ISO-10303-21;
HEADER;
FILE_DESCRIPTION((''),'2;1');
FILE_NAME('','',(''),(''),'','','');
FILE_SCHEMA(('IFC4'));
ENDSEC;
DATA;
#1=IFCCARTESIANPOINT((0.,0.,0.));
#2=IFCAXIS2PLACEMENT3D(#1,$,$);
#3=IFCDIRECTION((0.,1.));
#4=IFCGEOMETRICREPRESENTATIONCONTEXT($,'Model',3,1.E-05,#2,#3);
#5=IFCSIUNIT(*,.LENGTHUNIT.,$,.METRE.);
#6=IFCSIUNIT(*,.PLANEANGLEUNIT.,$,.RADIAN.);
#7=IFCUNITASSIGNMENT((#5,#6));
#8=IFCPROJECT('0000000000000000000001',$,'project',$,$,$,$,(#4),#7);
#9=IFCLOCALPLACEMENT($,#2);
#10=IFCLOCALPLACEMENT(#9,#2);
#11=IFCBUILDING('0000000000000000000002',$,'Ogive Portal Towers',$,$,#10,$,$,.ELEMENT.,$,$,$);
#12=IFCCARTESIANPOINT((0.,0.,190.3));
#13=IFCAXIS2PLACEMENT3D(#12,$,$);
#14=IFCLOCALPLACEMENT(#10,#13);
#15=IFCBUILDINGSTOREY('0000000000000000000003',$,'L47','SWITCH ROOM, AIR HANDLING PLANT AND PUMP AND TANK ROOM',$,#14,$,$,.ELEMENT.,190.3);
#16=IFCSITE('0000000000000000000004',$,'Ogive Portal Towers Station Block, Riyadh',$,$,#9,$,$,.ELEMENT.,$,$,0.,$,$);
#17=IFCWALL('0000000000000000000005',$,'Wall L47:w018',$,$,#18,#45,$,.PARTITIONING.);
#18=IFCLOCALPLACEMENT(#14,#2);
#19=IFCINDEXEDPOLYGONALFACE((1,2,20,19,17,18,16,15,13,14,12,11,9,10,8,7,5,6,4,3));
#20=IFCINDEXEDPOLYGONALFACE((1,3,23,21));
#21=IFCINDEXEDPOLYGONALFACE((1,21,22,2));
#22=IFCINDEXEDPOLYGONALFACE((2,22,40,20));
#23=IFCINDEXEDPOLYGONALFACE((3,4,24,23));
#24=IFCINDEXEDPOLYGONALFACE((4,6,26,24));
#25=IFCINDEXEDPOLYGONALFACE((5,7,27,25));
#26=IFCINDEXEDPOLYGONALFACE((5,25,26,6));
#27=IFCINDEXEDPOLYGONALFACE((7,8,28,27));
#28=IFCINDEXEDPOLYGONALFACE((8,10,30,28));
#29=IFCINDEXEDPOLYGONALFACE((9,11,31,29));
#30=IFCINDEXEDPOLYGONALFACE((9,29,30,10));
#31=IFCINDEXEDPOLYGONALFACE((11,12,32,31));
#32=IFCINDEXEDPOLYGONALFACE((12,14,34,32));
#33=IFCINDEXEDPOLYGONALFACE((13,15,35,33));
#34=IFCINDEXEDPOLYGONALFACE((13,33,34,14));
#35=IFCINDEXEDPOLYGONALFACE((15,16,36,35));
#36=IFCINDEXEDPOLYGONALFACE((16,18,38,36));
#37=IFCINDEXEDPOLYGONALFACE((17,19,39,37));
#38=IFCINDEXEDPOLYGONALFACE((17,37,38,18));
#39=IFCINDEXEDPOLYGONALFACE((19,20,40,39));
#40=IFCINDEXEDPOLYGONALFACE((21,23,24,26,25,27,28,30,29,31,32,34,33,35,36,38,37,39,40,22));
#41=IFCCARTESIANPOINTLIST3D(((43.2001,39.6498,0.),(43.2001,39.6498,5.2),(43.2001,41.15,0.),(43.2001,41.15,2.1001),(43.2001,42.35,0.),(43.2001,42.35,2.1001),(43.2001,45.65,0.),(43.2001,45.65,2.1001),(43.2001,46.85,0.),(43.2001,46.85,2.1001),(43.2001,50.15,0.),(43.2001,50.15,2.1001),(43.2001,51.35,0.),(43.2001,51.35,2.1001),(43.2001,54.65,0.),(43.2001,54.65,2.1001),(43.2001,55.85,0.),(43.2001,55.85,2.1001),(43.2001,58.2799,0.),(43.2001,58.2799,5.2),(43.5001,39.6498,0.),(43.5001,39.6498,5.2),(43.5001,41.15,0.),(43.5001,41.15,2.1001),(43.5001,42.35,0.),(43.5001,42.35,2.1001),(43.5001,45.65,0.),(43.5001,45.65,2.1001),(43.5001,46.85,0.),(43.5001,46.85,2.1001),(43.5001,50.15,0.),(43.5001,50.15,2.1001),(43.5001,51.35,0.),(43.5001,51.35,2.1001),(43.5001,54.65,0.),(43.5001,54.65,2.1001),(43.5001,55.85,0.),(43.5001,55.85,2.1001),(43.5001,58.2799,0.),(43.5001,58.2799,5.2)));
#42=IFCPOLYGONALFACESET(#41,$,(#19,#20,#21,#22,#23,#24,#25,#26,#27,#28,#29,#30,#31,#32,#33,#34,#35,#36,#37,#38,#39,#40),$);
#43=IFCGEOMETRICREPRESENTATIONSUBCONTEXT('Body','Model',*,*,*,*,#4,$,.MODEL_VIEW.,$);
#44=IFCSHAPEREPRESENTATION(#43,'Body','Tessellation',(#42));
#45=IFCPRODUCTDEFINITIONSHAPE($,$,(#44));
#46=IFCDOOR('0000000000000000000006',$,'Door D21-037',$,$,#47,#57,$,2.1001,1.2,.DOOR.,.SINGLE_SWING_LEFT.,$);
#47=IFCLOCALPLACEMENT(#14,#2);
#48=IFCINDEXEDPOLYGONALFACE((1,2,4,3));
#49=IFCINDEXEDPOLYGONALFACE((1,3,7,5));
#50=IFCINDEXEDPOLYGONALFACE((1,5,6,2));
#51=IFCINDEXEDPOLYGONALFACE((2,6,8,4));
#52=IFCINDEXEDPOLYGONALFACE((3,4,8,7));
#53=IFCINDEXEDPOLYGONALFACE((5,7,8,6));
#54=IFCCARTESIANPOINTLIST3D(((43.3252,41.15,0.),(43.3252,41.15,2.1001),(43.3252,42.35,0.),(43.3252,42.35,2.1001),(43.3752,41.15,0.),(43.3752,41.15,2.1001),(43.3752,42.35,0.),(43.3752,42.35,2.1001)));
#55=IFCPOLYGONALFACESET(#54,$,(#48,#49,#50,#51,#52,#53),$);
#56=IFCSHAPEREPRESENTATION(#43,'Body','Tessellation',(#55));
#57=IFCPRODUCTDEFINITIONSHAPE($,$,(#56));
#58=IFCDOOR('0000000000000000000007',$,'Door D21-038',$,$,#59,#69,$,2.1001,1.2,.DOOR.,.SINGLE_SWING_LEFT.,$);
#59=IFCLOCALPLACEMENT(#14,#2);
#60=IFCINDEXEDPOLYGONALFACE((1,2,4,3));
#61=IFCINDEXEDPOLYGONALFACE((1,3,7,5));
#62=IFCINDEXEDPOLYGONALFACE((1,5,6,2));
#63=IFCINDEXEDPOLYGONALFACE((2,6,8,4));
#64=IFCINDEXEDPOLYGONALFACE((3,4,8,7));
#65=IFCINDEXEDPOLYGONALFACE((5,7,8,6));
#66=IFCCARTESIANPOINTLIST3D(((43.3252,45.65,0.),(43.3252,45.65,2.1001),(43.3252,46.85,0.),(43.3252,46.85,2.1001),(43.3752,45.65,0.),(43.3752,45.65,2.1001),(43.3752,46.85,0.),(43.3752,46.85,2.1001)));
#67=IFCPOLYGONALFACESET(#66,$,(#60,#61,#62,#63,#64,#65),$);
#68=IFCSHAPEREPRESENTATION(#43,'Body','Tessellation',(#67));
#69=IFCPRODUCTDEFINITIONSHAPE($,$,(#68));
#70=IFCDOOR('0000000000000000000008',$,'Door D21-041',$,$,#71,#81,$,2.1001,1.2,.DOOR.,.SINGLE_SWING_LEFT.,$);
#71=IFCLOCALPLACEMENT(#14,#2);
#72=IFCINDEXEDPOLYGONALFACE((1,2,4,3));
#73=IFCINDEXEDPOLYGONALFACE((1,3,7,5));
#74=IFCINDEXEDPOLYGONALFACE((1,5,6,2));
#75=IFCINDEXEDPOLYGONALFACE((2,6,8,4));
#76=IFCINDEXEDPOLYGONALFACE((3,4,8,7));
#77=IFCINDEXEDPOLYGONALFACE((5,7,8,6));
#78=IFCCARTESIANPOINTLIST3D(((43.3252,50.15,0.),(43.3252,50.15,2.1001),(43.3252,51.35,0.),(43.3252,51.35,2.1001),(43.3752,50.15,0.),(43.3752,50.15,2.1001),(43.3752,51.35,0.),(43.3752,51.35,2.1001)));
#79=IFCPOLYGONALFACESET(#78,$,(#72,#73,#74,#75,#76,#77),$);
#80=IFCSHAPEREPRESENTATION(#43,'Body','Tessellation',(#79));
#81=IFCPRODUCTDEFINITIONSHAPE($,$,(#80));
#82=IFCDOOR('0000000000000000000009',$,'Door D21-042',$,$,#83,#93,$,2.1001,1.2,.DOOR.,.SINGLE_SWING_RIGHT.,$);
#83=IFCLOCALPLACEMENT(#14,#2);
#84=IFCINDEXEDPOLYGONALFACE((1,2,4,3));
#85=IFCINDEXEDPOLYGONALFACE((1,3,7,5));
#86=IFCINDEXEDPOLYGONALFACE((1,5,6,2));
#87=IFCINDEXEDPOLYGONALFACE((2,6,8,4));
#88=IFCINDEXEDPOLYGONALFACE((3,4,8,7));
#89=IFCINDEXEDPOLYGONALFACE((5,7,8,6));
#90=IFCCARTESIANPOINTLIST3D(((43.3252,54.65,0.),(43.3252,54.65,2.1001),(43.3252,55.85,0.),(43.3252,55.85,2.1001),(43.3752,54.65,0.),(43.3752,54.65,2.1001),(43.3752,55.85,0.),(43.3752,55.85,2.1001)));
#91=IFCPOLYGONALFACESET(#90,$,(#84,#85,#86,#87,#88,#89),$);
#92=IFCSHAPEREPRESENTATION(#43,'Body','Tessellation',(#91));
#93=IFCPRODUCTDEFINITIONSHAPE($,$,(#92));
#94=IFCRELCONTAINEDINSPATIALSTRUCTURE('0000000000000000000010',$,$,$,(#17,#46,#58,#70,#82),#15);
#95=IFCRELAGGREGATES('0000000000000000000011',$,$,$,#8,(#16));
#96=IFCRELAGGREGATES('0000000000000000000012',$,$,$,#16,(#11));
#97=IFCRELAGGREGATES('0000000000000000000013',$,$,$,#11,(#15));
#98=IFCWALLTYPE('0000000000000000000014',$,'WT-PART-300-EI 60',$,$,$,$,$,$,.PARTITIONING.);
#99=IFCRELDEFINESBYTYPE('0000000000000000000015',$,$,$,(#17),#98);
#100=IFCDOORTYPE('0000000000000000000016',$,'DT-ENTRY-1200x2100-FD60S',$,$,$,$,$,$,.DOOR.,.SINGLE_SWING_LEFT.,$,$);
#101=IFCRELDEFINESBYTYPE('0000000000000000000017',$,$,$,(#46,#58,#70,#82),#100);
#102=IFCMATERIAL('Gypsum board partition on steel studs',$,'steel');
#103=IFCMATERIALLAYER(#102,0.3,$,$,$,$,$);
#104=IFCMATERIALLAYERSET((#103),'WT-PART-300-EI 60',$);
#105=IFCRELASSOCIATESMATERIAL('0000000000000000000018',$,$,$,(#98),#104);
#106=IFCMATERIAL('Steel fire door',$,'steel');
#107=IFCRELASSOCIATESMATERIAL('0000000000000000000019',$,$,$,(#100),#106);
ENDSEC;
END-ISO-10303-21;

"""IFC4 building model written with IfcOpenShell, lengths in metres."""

from ifc_helpers import new_model, si_unit, direction, frame, frame_2d, origin, place, context, subcontext, project, spatial, rectangle, extrude, material, layer, layer_set, type_object, element, fill, save


model = new_model("IFC4")

# Units and contexts
model_context = context("Model", 3, precision=1e-05, world=origin(), true_north=direction((0.0, 1.0)))
body_context = subcontext(model_context, "Body", "Model", "MODEL_VIEW")
ifc_project = project(units=[si_unit("LENGTHUNIT", "METRE"), si_unit("PLANEANGLEUNIT", "RADIAN")], contexts=[model_context])

# Site, building, storey
site_placement = place(None, origin())
site = spatial("IfcSite", under=ifc_project, at=site_placement, Name="Ogive Portal Towers Station Block, Riyadh", CompositionType="ELEMENT", RefElevation=0.0)
building_placement = place(site_placement, origin())
building = spatial("IfcBuilding", under=site, at=building_placement, Name="Ogive Portal Towers", CompositionType="ELEMENT")
storey_placement = place(building_placement, frame((0.0, 0.0, 190.3)))
storey = spatial("IfcBuildingStorey", under=building, at=storey_placement, Name="L47", Description="SWITCH ROOM, AIR HANDLING PLANT AND PUMP AND TANK ROOM", CompositionType="ELEMENT", Elevation=190.3)

# Wall, openings, doors
ifc_material_1 = material(Name="Gypsum board partition on steel studs", Category="steel")
ifc_layer_1 = layer(ifc_material_1, 0.3)
ifc_layer_set_1 = layer_set([ifc_layer_1], Name="WT-PART-300-EI 60")
wall_type_1 = type_object("IfcWallType", Name="WT-PART-300-EI 60", PredefinedType="PARTITIONING", material=ifc_layer_set_1)
ifc_material_2 = material(Name="Steel fire door", Category="steel")
door_type_1 = type_object("IfcDoorType", Name="DT-ENTRY-1200x2100-FD60S", OperationType="SINGLE_SWING_LEFT", PredefinedType="DOOR", material=ifc_material_2)
wall_1_placement = place(storey_placement, frame((43.3501, 39.6499, 0.0), z_axis=(0.0, 0.0, 1.0), x_axis=(0.0, 1.0, 0.0)))
wall_1 = element("IfcWall", 1, at=wall_1_placement, inside=storey, type_object=wall_type_1, Name="Wall L47:w018", PredefinedType="PARTITIONING", context=body_context, shape_type="SweptSolid", body=[
    extrude(rectangle(XDim=18.6301, YDim=0.3, at=frame_2d((9.3149, 0.0))), origin(), (0.0, 0.0, 1.0), 5.2),
])
opening_1_placement = place(wall_1_placement, frame((1.5, 0.0, 0.0)))
opening_1 = element("IfcOpeningElement", 2, at=opening_1_placement, cuts=wall_1, PredefinedType="OPENING", context=body_context, shape_type="SweptSolid", body=[
    extrude(rectangle(XDim=1.2, YDim=2.1001, at=frame_2d((0.6001, 1.05))), frame((0.0, 0.1602, 0.0), z_axis=(0.0, -1.0, 0.0), x_axis=(1.0, 0.0, 0.0)), (0.0, 0.0, 1.0), 0.3201),
])
opening_2_placement = place(wall_1_placement, frame((6.0, 0.0, 0.0)))
opening_2 = element("IfcOpeningElement", 3, at=opening_2_placement, cuts=wall_1, PredefinedType="OPENING", context=body_context, shape_type="SweptSolid", body=[
    extrude(rectangle(XDim=1.2, YDim=2.1001, at=frame_2d((0.6001, 1.05))), frame((0.0, 0.1602, 0.0), z_axis=(0.0, -1.0, 0.0), x_axis=(1.0, 0.0, 0.0)), (0.0, 0.0, 1.0), 0.3201),
])
opening_3_placement = place(wall_1_placement, frame((10.5, 0.0, 0.0)))
opening_3 = element("IfcOpeningElement", 4, at=opening_3_placement, cuts=wall_1, PredefinedType="OPENING", context=body_context, shape_type="SweptSolid", body=[
    extrude(rectangle(XDim=1.2, YDim=2.1001, at=frame_2d((0.6001, 1.05))), frame((0.0, 0.1602, 0.0), z_axis=(0.0, -1.0, 0.0), x_axis=(1.0, 0.0, 0.0)), (0.0, 0.0, 1.0), 0.3201),
])
opening_4_placement = place(wall_1_placement, frame((15.0, 0.0, 0.0)))
opening_4 = element("IfcOpeningElement", 5, at=opening_4_placement, cuts=wall_1, PredefinedType="OPENING", context=body_context, shape_type="SweptSolid", body=[
    extrude(rectangle(XDim=1.2, YDim=2.1001, at=frame_2d((0.6001, 1.05))), frame((0.0, 0.1602, 0.0), z_axis=(0.0, -1.0, 0.0), x_axis=(1.0, 0.0, 0.0)), (0.0, 0.0, 1.0), 0.3201),
])
door_1_placement = place(opening_1_placement, origin())
door_1 = element("IfcDoor", 6, at=door_1_placement, inside=storey, type_object=door_type_1, Name="Door D21-037", OperationType="SINGLE_SWING_LEFT", OverallHeight=2.1001, OverallWidth=1.2, PredefinedType="DOOR", context=body_context, shape_type="SweptSolid", body=[
    extrude(rectangle(XDim=1.2, YDim=2.1001, at=frame_2d((0.6001, 1.05))), frame((0.0, 0.0249, 0.0), z_axis=(0.0, -1.0, 0.0), x_axis=(1.0, 0.0, 0.0)), (0.0, 0.0, 1.0), 0.05),
])
fill(opening_1, door_1)
door_2_placement = place(opening_2_placement, origin())
door_2 = element("IfcDoor", 7, at=door_2_placement, inside=storey, type_object=door_type_1, Name="Door D21-038", OperationType="SINGLE_SWING_LEFT", OverallHeight=2.1001, OverallWidth=1.2, PredefinedType="DOOR", context=body_context, shape_type="SweptSolid", body=[
    extrude(rectangle(XDim=1.2, YDim=2.1001, at=frame_2d((0.6001, 1.05))), frame((0.0, 0.0249, 0.0), z_axis=(0.0, -1.0, 0.0), x_axis=(1.0, 0.0, 0.0)), (0.0, 0.0, 1.0), 0.05),
])
fill(opening_2, door_2)
door_3_placement = place(opening_3_placement, origin())
door_3 = element("IfcDoor", 8, at=door_3_placement, inside=storey, type_object=door_type_1, Name="Door D21-041", OperationType="SINGLE_SWING_LEFT", OverallHeight=2.1001, OverallWidth=1.2, PredefinedType="DOOR", context=body_context, shape_type="SweptSolid", body=[
    extrude(rectangle(XDim=1.2, YDim=2.1001, at=frame_2d((0.6001, 1.05))), frame((0.0, 0.0249, 0.0), z_axis=(0.0, -1.0, 0.0), x_axis=(1.0, 0.0, 0.0)), (0.0, 0.0, 1.0), 0.05),
])
fill(opening_3, door_3)
door_4_placement = place(opening_4_placement, origin())
door_4 = element("IfcDoor", 9, at=door_4_placement, inside=storey, type_object=door_type_1, Name="Door D21-042", OperationType="SINGLE_SWING_RIGHT", OverallHeight=2.1001, OverallWidth=1.2, PredefinedType="DOOR", context=body_context, shape_type="SweptSolid", body=[
    extrude(rectangle(XDim=1.2, YDim=2.1001, at=frame_2d((0.6001, 1.05))), frame((0.0, 0.0249, 0.0), z_axis=(0.0, -1.0, 0.0), x_axis=(1.0, 0.0, 0.0)), (0.0, 0.0, 1.0), 0.05),
])
fill(opening_4, door_4)

save(model, "model.ifc")
